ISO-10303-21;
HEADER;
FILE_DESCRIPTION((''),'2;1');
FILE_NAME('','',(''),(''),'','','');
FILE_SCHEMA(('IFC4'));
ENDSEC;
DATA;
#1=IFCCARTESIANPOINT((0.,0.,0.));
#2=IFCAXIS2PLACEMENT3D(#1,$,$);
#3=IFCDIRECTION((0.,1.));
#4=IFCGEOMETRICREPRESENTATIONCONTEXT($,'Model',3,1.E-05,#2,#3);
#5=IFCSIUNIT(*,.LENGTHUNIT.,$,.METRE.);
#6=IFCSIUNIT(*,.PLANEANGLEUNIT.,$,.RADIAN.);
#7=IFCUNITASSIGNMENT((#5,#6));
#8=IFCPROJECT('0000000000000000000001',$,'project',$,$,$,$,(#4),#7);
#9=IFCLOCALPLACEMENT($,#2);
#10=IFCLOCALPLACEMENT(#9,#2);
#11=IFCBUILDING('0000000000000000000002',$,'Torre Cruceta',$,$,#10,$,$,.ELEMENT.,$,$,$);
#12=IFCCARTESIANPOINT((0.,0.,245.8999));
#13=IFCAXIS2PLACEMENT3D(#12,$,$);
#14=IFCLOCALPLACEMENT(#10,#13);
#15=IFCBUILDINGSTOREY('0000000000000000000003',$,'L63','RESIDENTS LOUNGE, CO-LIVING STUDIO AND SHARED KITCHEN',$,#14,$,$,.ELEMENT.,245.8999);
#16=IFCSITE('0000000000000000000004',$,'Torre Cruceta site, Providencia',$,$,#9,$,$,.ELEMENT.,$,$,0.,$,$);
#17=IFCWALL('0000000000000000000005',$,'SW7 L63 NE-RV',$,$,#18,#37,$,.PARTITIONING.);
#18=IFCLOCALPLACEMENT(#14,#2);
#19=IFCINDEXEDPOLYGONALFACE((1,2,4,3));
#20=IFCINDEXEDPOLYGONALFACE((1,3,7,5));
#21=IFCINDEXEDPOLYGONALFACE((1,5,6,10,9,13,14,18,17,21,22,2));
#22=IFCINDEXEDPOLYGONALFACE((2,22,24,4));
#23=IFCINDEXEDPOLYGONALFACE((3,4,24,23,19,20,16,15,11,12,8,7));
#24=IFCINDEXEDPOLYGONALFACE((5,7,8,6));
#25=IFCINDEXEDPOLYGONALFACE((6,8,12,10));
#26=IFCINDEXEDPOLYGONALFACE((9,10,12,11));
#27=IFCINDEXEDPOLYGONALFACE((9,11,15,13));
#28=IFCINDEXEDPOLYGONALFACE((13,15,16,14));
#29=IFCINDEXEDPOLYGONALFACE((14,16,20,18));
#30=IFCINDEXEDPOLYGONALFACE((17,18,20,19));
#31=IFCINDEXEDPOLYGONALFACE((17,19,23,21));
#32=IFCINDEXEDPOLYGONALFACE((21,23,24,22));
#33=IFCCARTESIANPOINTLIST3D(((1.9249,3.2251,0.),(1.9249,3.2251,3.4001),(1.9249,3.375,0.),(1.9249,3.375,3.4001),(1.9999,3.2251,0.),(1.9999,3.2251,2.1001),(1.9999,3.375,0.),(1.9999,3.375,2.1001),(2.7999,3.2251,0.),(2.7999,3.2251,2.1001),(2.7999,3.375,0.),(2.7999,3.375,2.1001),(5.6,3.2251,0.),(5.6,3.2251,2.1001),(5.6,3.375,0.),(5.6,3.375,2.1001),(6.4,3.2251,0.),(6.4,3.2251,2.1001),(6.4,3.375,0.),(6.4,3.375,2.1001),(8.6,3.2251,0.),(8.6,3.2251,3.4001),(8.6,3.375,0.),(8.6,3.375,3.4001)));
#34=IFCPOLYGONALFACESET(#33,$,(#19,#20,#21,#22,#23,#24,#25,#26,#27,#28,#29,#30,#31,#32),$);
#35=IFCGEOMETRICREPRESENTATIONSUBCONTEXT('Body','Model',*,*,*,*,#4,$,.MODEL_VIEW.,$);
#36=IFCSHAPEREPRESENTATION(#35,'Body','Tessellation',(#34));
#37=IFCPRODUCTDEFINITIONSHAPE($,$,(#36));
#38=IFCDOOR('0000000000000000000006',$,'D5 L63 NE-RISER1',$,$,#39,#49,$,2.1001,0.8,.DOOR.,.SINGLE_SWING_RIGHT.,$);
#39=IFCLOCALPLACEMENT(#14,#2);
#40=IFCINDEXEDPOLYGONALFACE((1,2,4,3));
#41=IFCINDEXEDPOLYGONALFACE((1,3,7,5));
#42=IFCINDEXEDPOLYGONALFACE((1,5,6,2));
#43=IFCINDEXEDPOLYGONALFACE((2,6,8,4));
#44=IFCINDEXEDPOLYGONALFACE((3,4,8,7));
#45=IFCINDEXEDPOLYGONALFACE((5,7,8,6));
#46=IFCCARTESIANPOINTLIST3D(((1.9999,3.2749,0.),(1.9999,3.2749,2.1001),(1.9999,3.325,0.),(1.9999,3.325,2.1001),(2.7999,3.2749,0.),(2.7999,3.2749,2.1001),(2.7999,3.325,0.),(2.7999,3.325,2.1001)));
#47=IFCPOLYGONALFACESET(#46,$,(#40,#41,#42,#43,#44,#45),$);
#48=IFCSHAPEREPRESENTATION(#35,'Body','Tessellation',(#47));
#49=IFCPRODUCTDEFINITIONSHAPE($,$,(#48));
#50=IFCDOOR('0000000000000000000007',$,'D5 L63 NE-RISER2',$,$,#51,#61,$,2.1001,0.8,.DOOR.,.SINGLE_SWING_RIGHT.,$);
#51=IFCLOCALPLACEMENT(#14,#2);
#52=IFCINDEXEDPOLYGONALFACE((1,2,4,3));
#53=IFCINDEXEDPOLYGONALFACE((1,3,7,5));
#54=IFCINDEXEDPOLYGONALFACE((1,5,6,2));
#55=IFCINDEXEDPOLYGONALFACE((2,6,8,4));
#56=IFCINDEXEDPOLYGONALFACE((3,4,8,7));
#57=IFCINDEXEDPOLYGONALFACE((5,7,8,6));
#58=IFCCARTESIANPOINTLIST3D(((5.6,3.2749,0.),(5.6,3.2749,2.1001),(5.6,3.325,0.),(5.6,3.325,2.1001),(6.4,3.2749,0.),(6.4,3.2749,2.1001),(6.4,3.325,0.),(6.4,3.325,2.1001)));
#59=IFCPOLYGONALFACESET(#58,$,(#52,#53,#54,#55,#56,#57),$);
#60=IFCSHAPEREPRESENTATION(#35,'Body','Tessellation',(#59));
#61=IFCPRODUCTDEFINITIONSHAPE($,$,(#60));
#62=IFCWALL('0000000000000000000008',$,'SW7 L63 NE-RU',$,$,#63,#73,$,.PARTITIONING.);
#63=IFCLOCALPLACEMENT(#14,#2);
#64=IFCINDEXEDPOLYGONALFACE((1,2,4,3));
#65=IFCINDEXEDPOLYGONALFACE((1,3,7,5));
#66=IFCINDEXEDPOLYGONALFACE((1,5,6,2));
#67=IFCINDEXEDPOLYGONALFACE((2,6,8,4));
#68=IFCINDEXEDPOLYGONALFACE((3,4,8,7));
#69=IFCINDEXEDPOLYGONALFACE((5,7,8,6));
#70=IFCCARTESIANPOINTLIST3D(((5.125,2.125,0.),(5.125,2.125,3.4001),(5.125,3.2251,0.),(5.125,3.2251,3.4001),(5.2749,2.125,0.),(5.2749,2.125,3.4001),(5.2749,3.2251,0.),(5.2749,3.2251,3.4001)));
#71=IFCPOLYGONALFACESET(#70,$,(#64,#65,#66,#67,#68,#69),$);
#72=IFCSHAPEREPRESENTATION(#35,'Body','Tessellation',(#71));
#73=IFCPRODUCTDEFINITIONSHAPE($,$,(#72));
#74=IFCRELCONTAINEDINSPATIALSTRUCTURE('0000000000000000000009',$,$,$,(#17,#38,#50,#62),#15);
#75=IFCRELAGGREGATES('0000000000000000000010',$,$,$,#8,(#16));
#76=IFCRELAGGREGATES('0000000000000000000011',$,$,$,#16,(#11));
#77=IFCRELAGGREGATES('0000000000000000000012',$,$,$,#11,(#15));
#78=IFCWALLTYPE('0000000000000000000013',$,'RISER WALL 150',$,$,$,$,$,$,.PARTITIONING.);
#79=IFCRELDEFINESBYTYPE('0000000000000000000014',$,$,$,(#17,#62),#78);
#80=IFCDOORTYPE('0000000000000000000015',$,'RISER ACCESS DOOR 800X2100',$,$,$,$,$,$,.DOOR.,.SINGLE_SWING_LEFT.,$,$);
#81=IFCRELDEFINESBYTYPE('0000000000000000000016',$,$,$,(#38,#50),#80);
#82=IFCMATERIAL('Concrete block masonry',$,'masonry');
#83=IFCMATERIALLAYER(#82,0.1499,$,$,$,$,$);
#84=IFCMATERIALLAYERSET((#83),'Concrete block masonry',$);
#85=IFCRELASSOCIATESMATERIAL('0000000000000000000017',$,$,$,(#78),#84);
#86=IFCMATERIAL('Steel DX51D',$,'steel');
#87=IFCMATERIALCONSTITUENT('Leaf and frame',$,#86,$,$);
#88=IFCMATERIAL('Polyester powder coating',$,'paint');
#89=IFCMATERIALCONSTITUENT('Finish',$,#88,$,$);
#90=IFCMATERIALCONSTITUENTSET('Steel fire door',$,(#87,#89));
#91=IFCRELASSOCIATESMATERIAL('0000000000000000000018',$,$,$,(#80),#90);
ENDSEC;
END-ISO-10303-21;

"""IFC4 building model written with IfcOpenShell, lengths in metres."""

from ifc_helpers import new_model, si_unit, direction, frame, frame_2d, origin, place, context, subcontext, project, spatial, rectangle, extrude, material, layer, layer_set, constituent, constituent_set, type_object, element, fill, save


model = new_model("IFC4")

# Units and contexts
model_context = context("Model", 3, precision=1e-05, world=origin(), true_north=direction((0.0, 1.0)))
body_context = subcontext(model_context, "Body", "Model", "MODEL_VIEW")
ifc_project = project(units=[si_unit("LENGTHUNIT", "METRE"), si_unit("PLANEANGLEUNIT", "RADIAN")], contexts=[model_context])

# Site, building, storey
site_placement = place(None, origin())
site = spatial("IfcSite", under=ifc_project, at=site_placement, Name="Torre Cruceta site, Providencia", CompositionType="ELEMENT", RefElevation=0.0)
building_placement = place(site_placement, origin())
building = spatial("IfcBuilding", under=site, at=building_placement, Name="Torre Cruceta", CompositionType="ELEMENT")
storey_placement = place(building_placement, frame((0.0, 0.0, 245.8999)))
storey = spatial("IfcBuildingStorey", under=building, at=storey_placement, Name="L63", Description="RESIDENTS LOUNGE, CO-LIVING STUDIO AND SHARED KITCHEN", CompositionType="ELEMENT", Elevation=245.8999)

# Wall, openings, doors
ifc_material_1 = material(Name="Concrete block masonry", Category="masonry")
ifc_layer_1 = layer(ifc_material_1, 0.1499)
ifc_layer_set_1 = layer_set([ifc_layer_1], Name="Concrete block masonry")
wall_type_1 = type_object("IfcWallType", Name="RISER WALL 150", PredefinedType="PARTITIONING", material=ifc_layer_set_1)
wall_1_placement = place(storey_placement, frame((1.925, 3.3, 0.0), z_axis=(0.0, 0.0, 1.0), x_axis=(1.0, 0.0, 0.0)))
wall_1 = element("IfcWall", 1, at=wall_1_placement, inside=storey, type_object=wall_type_1, Name="SW7 L63 NE-RV", PredefinedType="PARTITIONING", context=body_context, shape_type="SweptSolid", body=[
    extrude(rectangle(XDim=6.675, YDim=0.1499, at=frame_2d((3.3374, 0.0))), origin(), (0.0, 0.0, 1.0), 3.4001),
])
opening_1_placement = place(wall_1_placement, frame((0.075, 0.0, 0.0)))
opening_1 = element("IfcOpeningElement", 2, at=opening_1_placement, cuts=wall_1, PredefinedType="OPENING", context=body_context, shape_type="SweptSolid", body=[
    extrude(rectangle(XDim=0.8, YDim=2.1001, at=frame_2d((0.3999, 1.05))), frame((0.0, 0.085, 0.0), z_axis=(0.0, -1.0, 0.0), x_axis=(1.0, 0.0, 0.0)), (0.0, 0.0, 1.0), 0.1699),
])
opening_2_placement = place(wall_1_placement, frame((3.675, 0.0, 0.0)))
opening_2 = element("IfcOpeningElement", 3, at=opening_2_placement, cuts=wall_1, PredefinedType="OPENING", context=body_context, shape_type="SweptSolid", body=[
    extrude(rectangle(XDim=0.8, YDim=2.1001, at=frame_2d((0.3999, 1.05))), frame((0.0, 0.085, 0.0), z_axis=(0.0, -1.0, 0.0), x_axis=(1.0, 0.0, 0.0)), (0.0, 0.0, 1.0), 0.1699),
])
ifc_material_2 = material(Name="Steel DX51D", Category="steel")
ifc_constituent_1 = constituent(ifc_material_2, Name="Leaf and frame")
ifc_material_3 = material(Name="Polyester powder coating", Category="paint")
ifc_constituent_2 = constituent(ifc_material_3, Name="Finish")
ifc_constituent_set_1 = constituent_set(constituents=[ifc_constituent_1, ifc_constituent_2], Name="Steel fire door")
door_type_1 = type_object("IfcDoorType", Name="RISER ACCESS DOOR 800X2100", OperationType="SINGLE_SWING_LEFT", PredefinedType="DOOR", material=ifc_constituent_set_1)
door_1_placement = place(opening_1_placement, frame((0.8, 0.0, 0.0), z_axis=(0.0, 0.0, 1.0), x_axis=(-1.0, 0.0, 0.0)))
door_1 = element("IfcDoor", 4, at=door_1_placement, inside=storey, type_object=door_type_1, Name="D5 L63 NE-RISER1", OperationType="SINGLE_SWING_RIGHT", OverallHeight=2.1001, OverallWidth=0.8, PredefinedType="DOOR", context=body_context, shape_type="SweptSolid", body=[
    extrude(rectangle(XDim=0.8, YDim=2.1001, at=frame_2d((0.4001, 1.05))), frame((0.0, 0.0251, 0.0), z_axis=(0.0, -1.0, 0.0), x_axis=(1.0, 0.0, 0.0)), (0.0, 0.0, 1.0), 0.05),
])
fill(opening_1, door_1)
door_2_placement = place(opening_2_placement, frame((0.8, 0.0, 0.0), z_axis=(0.0, 0.0, 1.0), x_axis=(-1.0, 0.0, 0.0)))
door_2 = element("IfcDoor", 5, at=door_2_placement, inside=storey, type_object=door_type_1, Name="D5 L63 NE-RISER2", OperationType="SINGLE_SWING_RIGHT", OverallHeight=2.1001, OverallWidth=0.8, PredefinedType="DOOR", context=body_context, shape_type="SweptSolid", body=[
    extrude(rectangle(XDim=0.8, YDim=2.1001, at=frame_2d((0.4001, 1.05))), frame((0.0, 0.0251, 0.0), z_axis=(0.0, -1.0, 0.0), x_axis=(1.0, 0.0, 0.0)), (0.0, 0.0, 1.0), 0.05),
])
fill(opening_2, door_2)

# Wall
wall_2_placement = place(storey_placement, frame((5.2, 2.125, 0.0), z_axis=(0.0, 0.0, 1.0), x_axis=(0.0, 1.0, 0.0)))
element("IfcWall", 6, at=wall_2_placement, inside=storey, type_object=wall_type_1, Name="SW7 L63 NE-RU", PredefinedType="PARTITIONING", context=body_context, shape_type="SweptSolid", body=[
    extrude(rectangle(XDim=1.1001, YDim=0.1499, at=frame_2d((0.55, 0.0))), origin(), (0.0, 0.0, 1.0), 3.4001),
])

save(model, "model.ifc")
